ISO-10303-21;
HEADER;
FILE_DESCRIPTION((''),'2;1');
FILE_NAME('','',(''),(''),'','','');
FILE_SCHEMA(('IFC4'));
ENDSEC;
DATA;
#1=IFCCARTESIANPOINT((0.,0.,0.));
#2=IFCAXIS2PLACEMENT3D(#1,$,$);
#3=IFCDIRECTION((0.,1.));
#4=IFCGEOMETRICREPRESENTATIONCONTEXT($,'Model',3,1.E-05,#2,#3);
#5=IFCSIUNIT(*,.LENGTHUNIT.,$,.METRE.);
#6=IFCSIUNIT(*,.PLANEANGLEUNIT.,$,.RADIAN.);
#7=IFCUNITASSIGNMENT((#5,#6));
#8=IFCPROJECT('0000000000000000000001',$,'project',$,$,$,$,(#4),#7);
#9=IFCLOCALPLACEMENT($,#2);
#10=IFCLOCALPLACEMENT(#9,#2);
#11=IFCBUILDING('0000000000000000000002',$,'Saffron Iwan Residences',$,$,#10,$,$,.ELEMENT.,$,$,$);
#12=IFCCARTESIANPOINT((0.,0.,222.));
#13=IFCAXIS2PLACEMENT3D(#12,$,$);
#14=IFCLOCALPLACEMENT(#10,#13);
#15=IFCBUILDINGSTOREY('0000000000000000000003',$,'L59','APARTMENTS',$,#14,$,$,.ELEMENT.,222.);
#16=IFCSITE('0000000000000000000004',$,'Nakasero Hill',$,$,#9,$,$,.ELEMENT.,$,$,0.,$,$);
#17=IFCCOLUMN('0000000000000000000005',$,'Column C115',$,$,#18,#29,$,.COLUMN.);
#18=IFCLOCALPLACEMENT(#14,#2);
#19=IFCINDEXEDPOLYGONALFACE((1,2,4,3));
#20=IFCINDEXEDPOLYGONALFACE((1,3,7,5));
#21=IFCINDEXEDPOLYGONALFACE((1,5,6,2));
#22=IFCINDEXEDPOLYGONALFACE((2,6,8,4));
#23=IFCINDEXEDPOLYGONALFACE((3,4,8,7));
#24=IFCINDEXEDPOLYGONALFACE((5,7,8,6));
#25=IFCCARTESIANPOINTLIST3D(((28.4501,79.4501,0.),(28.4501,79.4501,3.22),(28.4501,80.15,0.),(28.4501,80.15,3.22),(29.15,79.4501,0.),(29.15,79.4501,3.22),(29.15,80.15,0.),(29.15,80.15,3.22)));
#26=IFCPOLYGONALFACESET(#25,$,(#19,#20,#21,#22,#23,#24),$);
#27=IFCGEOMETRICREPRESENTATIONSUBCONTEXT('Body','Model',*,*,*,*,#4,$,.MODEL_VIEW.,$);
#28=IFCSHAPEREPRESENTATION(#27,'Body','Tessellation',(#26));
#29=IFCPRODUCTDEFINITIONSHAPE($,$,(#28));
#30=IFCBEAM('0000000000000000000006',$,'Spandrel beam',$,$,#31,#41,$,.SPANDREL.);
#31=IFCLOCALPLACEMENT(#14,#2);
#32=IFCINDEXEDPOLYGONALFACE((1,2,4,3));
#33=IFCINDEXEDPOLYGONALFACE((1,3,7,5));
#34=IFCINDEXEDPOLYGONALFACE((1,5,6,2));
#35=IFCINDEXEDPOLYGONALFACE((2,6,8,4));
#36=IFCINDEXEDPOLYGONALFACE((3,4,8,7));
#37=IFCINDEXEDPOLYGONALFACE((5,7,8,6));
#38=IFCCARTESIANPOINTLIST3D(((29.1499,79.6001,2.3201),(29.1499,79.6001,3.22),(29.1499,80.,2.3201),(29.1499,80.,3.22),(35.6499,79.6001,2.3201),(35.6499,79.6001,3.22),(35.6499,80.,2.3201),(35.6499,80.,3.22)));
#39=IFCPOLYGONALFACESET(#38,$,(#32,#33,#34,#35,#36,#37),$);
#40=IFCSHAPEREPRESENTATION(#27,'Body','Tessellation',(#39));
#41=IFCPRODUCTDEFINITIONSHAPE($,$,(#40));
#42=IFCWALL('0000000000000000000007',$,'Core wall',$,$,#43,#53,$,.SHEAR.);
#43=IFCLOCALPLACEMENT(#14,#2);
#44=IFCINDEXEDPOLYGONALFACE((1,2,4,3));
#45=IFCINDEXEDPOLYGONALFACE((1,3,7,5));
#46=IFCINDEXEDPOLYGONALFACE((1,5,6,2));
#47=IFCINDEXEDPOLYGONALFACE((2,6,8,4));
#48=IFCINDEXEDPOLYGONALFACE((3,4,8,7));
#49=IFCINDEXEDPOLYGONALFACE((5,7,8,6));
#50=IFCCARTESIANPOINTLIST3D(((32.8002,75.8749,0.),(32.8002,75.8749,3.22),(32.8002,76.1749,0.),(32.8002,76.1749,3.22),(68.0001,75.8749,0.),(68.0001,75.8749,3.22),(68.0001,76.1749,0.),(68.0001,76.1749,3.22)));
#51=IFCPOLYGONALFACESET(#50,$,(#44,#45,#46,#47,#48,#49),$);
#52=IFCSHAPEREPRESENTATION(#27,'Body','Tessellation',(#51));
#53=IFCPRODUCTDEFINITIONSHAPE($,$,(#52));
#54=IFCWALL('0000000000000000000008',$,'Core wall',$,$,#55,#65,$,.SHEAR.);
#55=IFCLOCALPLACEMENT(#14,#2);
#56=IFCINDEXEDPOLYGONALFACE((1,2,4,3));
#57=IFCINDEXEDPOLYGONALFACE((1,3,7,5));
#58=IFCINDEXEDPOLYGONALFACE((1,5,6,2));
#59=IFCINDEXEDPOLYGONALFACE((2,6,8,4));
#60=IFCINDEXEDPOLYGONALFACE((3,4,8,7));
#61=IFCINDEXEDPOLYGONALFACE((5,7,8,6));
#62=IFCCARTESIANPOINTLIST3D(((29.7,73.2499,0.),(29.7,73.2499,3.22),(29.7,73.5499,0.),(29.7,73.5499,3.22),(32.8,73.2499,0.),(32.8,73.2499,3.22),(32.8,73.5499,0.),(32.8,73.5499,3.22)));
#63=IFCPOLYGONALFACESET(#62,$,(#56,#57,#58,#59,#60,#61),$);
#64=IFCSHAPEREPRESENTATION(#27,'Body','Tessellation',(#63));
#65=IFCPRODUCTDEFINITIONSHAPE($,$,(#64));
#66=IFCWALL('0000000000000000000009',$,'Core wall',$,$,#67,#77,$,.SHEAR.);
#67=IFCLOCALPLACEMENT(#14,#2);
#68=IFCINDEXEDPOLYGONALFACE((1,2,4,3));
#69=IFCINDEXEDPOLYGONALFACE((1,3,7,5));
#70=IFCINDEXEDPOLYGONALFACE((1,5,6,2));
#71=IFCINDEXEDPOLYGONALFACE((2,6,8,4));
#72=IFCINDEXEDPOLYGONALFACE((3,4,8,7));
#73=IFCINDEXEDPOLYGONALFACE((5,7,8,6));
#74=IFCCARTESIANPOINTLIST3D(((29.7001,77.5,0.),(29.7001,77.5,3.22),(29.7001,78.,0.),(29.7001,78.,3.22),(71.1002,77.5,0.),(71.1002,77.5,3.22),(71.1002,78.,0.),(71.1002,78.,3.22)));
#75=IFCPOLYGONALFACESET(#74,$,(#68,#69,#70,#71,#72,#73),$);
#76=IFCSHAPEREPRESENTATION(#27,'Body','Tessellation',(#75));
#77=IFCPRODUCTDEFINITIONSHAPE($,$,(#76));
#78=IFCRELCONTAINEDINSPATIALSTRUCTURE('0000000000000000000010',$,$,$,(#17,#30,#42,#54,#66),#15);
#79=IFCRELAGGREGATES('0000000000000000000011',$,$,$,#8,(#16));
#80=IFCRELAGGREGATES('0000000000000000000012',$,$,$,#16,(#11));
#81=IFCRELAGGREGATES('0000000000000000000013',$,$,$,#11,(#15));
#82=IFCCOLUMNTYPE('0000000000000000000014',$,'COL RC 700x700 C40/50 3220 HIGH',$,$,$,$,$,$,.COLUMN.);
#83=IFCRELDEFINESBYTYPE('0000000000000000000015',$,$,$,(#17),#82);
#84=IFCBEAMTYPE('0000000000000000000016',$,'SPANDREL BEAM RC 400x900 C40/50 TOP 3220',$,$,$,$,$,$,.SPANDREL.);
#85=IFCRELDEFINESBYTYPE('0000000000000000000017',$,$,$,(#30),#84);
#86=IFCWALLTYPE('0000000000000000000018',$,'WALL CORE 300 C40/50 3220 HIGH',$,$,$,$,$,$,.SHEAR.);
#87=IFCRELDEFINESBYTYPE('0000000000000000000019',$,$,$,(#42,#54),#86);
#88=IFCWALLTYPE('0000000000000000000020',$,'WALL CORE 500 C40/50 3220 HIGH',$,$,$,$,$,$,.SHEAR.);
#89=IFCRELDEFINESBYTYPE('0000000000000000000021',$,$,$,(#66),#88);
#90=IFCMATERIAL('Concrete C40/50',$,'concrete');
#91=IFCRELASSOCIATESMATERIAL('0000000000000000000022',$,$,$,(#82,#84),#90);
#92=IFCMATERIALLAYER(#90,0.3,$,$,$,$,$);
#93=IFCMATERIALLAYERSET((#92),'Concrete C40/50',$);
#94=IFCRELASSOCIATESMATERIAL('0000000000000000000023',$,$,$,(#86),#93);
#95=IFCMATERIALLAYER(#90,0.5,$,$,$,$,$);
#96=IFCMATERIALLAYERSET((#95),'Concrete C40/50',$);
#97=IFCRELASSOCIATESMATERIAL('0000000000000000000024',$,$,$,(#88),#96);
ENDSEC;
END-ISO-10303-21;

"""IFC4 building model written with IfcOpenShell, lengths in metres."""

from ifc_helpers import new_model, si_unit, direction, frame, frame_2d, origin, origin_2d, place, context, subcontext, project, spatial, rectangle, extrude, source, transform, mapped, material, layer, layer_set, material_profile, profile_set, type_object, element, save


model = new_model("IFC4")

# Units and contexts
model_context = context("Model", 3, precision=1e-05, world=origin(), true_north=direction((0.0, 1.0)))
body_context = subcontext(model_context, "Body", "Model", "MODEL_VIEW")
ifc_project = project(units=[si_unit("LENGTHUNIT", "METRE"), si_unit("PLANEANGLEUNIT", "RADIAN")], contexts=[model_context])

# Site, building, storey
site_placement = place(None, origin())
site = spatial("IfcSite", under=ifc_project, at=site_placement, Name="Nakasero Hill", CompositionType="ELEMENT", RefElevation=0.0)
building_placement = place(site_placement, origin())
building = spatial("IfcBuilding", under=site, at=building_placement, Name="Saffron Iwan Residences", CompositionType="ELEMENT")
storey_placement = place(building_placement, frame((0.0, 0.0, 222.0)))
storey = spatial("IfcBuildingStorey", under=building, at=storey_placement, Name="L59", Description="APARTMENTS", CompositionType="ELEMENT", Elevation=222.0)

# Column
ifc_material_1 = material(Name="Concrete C40/50", Category="concrete")
ifc_material_profile_1 = material_profile(ifc_material_1, rectangle(XDim=0.7, YDim=0.7, at=origin_2d()), Name="RC 700x700")
ifc_profile_set_1 = profile_set([ifc_material_profile_1], Name="Concrete C40/50")
column_type = type_object("IfcColumnType", Name="COL RC 700x700 C40/50 3220 HIGH", PredefinedType="COLUMN", material=ifc_profile_set_1)
shared_shape_1 = source(origin(), body_context, "Body", "SweptSolid", [
    extrude(rectangle(XDim=0.7, YDim=0.7, at=origin_2d()), origin(), (0.0, 0.0, 1.0), 3.22),
])
column_placement = place(storey_placement, frame((28.8, 79.8, 0.0), z_axis=(0.0, 0.0, 1.0), x_axis=(1.0, 0.0, 0.0)))
element("IfcColumn", 1, at=column_placement, inside=storey, type_object=column_type, Name="Column C115", PredefinedType="COLUMN", context=body_context, shape_type="MappedRepresentation", body=[
    mapped(shared_shape_1, transform((0.0, 0.0, 0.0))),
])

# Beam
ifc_material_profile_2 = material_profile(ifc_material_1, rectangle(XDim=0.3999, YDim=0.8999, at=origin_2d()), Name="RC 400x900")
ifc_profile_set_2 = profile_set([ifc_material_profile_2], Name="Concrete C40/50")
beam_type = type_object("IfcBeamType", Name="SPANDREL BEAM RC 400x900 C40/50 TOP 3220", PredefinedType="SPANDREL", material=ifc_profile_set_2)
shared_shape_2 = source(origin(), body_context, "Body", "SweptSolid", [
    extrude(rectangle(XDim=0.3999, YDim=0.8999, at=origin_2d()), origin(), (0.0, 0.0, 1.0), 6.5),
])
beam_placement = place(storey_placement, frame((29.1499, 79.8, 2.77), z_axis=(1.0, 0.0, 0.0), x_axis=(0.0, 1.0, 0.0)))
element("IfcBeam", 2, at=beam_placement, inside=storey, type_object=beam_type, Name="Spandrel beam", PredefinedType="SPANDREL", context=body_context, shape_type="MappedRepresentation", body=[
    mapped(shared_shape_2, transform((0.0, 0.0, 0.0))),
])

# Shared definitions
ifc_layer_1 = layer(ifc_material_1, 0.3)
ifc_layer_set_1 = layer_set([ifc_layer_1], Name="Concrete C40/50")
wall_type_1 = type_object("IfcWallType", Name="WALL CORE 300 C40/50 3220 HIGH", PredefinedType="SHEAR", material=ifc_layer_set_1)

# Walls
wall_1_placement = place(storey_placement, frame((32.8, 76.0249, 0.0), z_axis=(0.0, 0.0, 1.0), x_axis=(1.0, 0.0, 0.0)))
element("IfcWall", 3, at=wall_1_placement, inside=storey, type_object=wall_type_1, Name="Core wall", PredefinedType="SHEAR", context=body_context, shape_type="SweptSolid", body=[
    extrude(rectangle(XDim=35.2, YDim=0.3, at=frame_2d((17.6001, 0.0))), origin(), (0.0, 0.0, 1.0), 3.22),
])
wall_2_placement = place(storey_placement, frame((29.7, 73.3999, 0.0), z_axis=(0.0, 0.0, 1.0), x_axis=(1.0, 0.0, 0.0)))
element("IfcWall", 4, at=wall_2_placement, inside=storey, type_object=wall_type_1, Name="Core wall", PredefinedType="SHEAR", context=body_context, shape_type="SweptSolid", body=[
    extrude(rectangle(XDim=3.1001, YDim=0.3, at=frame_2d((1.55, 0.0))), origin(), (0.0, 0.0, 1.0), 3.22),
])
ifc_layer_2 = layer(ifc_material_1, 0.5)
ifc_layer_set_2 = layer_set([ifc_layer_2], Name="Concrete C40/50")
wall_type_2 = type_object("IfcWallType", Name="WALL CORE 500 C40/50 3220 HIGH", PredefinedType="SHEAR", material=ifc_layer_set_2)
wall_3_placement = place(storey_placement, frame((29.7, 77.75, 0.0), z_axis=(0.0, 0.0, 1.0), x_axis=(1.0, 0.0, 0.0)))
element("IfcWall", 5, at=wall_3_placement, inside=storey, type_object=wall_type_2, Name="Core wall", PredefinedType="SHEAR", context=body_context, shape_type="SweptSolid", body=[
    extrude(rectangle(XDim=41.4001, YDim=0.5, at=frame_2d((20.7002, 0.0))), origin(), (0.0, 0.0, 1.0), 3.22),
])

save(model, "model.ifc")
